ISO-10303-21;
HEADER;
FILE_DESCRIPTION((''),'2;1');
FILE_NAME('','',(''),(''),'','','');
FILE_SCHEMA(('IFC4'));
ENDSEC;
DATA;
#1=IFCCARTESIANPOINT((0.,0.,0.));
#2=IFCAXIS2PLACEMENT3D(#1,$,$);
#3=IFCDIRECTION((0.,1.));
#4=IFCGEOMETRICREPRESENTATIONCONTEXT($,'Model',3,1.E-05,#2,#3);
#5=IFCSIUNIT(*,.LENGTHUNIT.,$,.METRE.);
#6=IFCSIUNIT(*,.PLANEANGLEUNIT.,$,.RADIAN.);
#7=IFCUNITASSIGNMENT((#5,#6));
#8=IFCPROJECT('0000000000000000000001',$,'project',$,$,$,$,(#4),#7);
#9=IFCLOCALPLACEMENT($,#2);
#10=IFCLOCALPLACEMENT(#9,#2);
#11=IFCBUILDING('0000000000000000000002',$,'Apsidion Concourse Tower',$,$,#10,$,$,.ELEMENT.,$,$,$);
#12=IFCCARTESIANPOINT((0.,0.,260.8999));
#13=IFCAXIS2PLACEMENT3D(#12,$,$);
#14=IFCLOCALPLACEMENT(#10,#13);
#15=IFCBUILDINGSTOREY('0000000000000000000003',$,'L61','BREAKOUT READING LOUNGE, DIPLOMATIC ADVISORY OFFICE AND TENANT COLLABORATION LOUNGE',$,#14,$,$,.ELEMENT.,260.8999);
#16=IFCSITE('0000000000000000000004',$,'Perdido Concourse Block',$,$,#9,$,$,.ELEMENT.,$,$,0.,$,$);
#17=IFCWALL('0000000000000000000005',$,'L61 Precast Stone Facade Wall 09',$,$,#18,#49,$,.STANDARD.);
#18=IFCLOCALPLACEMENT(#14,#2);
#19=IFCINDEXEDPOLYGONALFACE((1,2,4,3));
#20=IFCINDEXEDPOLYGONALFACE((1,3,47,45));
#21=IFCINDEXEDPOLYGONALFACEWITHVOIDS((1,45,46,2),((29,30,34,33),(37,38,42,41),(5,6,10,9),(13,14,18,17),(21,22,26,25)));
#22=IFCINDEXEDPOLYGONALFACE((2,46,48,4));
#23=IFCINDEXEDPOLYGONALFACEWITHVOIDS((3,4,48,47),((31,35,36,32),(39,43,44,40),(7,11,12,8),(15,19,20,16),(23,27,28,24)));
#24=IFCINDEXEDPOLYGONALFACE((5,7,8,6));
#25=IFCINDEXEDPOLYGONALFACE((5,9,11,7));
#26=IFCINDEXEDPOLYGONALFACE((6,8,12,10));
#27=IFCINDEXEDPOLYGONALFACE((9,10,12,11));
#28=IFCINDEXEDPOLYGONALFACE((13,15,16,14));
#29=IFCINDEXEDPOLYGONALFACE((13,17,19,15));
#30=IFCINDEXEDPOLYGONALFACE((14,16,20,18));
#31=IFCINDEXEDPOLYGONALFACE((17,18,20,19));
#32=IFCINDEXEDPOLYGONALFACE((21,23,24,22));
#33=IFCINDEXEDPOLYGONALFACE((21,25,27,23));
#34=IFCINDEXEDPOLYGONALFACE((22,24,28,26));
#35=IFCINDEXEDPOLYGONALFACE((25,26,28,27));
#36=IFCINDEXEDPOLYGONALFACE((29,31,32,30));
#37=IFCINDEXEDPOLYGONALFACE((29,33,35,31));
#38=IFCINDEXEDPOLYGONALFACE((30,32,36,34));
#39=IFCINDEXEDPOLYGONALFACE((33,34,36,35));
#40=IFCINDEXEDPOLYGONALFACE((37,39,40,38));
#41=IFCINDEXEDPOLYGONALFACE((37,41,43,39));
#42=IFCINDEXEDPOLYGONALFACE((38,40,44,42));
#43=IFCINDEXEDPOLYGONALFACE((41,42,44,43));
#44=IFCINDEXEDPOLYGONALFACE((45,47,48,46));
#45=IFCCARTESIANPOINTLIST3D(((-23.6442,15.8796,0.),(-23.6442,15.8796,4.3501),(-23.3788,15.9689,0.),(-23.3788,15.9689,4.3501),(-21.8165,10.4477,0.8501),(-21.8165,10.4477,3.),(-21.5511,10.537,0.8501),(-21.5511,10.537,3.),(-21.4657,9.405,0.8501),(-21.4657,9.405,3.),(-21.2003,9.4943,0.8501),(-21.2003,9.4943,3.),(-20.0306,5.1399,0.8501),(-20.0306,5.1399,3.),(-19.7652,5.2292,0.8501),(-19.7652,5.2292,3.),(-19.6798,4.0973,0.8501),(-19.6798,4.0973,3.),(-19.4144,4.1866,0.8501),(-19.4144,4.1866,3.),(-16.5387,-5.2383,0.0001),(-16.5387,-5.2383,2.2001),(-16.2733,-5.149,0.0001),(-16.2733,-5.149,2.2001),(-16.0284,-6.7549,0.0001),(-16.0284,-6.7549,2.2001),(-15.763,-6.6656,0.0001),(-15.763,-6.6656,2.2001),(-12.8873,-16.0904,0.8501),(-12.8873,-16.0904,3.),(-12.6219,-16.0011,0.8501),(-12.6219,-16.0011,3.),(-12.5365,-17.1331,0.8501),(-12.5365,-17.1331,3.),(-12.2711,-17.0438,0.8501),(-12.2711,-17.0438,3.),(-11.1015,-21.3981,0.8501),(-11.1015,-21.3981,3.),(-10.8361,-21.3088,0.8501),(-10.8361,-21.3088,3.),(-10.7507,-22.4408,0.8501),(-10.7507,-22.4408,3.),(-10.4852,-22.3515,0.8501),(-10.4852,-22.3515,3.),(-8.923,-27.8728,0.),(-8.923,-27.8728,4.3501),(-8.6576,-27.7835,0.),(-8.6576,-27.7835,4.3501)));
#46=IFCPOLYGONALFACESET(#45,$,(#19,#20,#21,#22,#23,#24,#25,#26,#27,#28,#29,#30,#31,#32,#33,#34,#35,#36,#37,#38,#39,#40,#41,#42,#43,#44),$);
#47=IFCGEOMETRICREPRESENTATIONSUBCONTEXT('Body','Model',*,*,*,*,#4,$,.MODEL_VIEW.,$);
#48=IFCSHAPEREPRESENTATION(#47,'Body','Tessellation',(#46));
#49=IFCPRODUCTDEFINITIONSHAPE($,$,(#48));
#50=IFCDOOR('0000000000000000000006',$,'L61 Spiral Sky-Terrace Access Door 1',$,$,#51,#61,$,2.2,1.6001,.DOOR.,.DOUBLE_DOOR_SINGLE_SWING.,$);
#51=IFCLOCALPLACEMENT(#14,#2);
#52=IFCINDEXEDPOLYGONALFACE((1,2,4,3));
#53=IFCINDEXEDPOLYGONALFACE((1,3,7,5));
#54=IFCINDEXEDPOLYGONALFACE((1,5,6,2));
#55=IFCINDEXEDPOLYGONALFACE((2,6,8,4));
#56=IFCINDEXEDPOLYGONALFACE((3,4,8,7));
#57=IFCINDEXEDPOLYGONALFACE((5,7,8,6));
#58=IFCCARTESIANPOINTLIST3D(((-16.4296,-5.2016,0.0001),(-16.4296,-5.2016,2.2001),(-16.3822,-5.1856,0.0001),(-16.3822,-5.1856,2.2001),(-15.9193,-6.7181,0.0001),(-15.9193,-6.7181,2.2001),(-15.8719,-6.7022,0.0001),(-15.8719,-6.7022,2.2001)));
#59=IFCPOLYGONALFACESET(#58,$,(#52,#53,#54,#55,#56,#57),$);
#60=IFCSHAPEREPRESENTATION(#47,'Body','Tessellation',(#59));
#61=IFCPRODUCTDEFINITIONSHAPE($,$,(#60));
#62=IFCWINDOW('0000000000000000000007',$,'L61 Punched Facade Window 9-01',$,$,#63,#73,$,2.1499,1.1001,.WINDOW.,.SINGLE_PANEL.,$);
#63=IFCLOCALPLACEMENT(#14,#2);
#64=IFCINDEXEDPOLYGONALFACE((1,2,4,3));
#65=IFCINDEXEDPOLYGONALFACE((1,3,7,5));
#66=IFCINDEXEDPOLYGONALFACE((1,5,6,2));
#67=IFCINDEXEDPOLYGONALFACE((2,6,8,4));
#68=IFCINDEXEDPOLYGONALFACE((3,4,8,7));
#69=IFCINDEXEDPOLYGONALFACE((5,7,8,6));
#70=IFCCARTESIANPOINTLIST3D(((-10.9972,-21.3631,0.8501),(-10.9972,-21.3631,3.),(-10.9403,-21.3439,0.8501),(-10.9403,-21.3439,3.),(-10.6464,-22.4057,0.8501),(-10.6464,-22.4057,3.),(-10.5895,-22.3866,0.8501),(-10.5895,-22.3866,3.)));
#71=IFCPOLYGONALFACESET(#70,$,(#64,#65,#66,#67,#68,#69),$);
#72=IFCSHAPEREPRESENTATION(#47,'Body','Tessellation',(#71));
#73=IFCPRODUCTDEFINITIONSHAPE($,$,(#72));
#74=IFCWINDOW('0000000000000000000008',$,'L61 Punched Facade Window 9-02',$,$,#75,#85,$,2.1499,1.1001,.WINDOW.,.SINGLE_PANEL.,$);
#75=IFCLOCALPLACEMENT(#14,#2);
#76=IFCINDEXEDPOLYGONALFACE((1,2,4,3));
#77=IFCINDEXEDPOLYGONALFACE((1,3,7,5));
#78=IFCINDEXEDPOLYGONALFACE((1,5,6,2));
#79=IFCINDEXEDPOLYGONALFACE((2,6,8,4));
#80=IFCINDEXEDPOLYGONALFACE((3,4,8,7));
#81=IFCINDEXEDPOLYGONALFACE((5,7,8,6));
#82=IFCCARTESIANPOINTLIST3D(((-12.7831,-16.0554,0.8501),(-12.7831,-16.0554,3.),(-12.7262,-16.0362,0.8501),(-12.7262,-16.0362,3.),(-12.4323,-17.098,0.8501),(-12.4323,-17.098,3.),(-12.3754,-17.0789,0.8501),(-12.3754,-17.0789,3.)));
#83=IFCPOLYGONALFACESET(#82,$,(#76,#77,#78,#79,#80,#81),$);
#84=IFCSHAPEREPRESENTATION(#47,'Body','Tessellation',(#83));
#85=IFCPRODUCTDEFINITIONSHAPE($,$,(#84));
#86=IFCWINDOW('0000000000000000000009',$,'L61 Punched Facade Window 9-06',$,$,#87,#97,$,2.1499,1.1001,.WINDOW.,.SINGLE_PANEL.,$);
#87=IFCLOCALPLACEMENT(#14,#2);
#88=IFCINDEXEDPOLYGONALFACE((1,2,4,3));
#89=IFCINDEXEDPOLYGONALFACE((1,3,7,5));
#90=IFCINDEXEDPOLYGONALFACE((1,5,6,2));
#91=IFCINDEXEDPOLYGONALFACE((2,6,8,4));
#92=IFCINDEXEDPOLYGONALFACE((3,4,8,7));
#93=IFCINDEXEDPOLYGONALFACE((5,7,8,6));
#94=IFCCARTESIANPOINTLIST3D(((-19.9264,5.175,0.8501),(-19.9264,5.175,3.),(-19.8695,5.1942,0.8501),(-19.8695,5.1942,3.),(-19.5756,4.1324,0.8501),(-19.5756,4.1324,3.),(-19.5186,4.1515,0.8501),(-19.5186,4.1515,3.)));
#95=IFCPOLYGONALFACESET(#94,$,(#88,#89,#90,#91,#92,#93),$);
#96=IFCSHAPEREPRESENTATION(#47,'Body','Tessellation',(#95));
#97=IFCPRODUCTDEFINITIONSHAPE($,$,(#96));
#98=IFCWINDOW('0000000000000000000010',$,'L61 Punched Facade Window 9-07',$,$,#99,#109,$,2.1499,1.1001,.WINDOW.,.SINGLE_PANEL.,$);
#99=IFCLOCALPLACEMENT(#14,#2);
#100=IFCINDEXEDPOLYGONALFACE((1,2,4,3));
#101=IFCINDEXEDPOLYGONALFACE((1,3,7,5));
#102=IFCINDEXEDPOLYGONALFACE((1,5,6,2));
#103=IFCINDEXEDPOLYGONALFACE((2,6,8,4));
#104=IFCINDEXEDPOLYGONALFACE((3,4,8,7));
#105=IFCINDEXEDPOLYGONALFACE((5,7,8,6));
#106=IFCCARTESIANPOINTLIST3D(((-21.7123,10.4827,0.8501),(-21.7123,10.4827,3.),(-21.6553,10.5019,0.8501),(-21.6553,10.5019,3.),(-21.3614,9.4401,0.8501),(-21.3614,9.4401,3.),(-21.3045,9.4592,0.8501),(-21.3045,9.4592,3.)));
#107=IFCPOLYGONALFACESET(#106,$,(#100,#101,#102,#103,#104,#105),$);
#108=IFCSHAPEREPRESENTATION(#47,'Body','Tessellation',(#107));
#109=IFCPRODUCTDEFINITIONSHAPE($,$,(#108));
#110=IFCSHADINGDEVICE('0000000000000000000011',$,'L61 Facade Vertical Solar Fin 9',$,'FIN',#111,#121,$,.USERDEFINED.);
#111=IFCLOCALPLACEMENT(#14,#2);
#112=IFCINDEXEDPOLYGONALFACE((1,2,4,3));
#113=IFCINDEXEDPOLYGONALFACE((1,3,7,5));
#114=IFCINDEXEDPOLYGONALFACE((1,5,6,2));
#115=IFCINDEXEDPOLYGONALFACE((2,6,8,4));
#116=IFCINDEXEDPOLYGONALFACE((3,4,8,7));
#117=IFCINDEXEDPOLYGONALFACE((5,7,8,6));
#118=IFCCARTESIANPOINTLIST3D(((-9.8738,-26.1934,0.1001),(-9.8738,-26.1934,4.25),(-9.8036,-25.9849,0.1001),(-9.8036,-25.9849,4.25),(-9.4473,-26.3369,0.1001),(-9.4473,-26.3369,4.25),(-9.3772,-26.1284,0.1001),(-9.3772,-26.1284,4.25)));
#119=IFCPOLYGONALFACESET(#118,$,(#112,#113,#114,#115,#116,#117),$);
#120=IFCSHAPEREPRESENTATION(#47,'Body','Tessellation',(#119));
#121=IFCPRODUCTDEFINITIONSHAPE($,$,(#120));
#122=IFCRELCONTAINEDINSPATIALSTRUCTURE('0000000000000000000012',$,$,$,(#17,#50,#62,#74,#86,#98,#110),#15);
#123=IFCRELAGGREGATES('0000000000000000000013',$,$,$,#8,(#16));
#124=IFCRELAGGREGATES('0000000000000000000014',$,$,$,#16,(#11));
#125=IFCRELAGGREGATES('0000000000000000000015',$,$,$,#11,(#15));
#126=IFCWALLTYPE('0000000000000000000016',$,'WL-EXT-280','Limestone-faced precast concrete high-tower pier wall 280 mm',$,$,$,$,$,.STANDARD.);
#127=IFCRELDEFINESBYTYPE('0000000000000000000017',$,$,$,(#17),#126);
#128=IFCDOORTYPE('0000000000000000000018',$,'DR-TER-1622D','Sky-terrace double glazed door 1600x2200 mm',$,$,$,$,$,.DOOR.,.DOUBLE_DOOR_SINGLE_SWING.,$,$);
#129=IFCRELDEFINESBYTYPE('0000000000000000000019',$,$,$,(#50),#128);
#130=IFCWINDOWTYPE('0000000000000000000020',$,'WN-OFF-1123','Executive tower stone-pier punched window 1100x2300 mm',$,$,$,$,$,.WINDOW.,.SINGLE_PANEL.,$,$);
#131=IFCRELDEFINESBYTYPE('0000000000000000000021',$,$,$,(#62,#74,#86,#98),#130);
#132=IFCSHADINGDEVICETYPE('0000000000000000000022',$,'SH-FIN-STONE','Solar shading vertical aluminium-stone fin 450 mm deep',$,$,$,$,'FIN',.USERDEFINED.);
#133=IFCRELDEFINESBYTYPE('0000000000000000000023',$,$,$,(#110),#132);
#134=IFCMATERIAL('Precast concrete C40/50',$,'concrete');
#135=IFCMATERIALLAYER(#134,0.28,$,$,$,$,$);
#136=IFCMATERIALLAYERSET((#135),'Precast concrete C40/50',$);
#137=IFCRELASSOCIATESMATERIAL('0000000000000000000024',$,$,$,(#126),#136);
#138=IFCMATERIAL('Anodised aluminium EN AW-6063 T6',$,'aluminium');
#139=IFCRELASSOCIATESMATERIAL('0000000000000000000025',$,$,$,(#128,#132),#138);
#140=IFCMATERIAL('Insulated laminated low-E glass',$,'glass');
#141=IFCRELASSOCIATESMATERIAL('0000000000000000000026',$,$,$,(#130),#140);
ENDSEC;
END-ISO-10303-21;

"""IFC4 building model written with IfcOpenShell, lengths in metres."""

from ifc_helpers import new_model, si_unit, direction, frame, frame_2d, origin, origin_2d, place, context, subcontext, project, spatial, rectangle, extrude, material, layer, layer_set, type_object, element, fill, save


model = new_model("IFC4")

# Units and contexts
model_context = context("Model", 3, precision=1e-05, world=origin(), true_north=direction((0.0, 1.0)))
body_context = subcontext(model_context, "Body", "Model", "MODEL_VIEW")
ifc_project = project(units=[si_unit("LENGTHUNIT", "METRE"), si_unit("PLANEANGLEUNIT", "RADIAN")], contexts=[model_context])

# Site, building, storey
site_placement = place(None, origin())
site = spatial("IfcSite", under=ifc_project, at=site_placement, Name="Perdido Concourse Block", CompositionType="ELEMENT", RefElevation=0.0)
building_placement = place(site_placement, origin())
building = spatial("IfcBuilding", under=site, at=building_placement, Name="Apsidion Concourse Tower", CompositionType="ELEMENT")
storey_placement = place(building_placement, frame((0.0, 0.0, 260.8999)))
storey = spatial("IfcBuildingStorey", under=building, at=storey_placement, Name="L61", Description="BREAKOUT READING LOUNGE, DIPLOMATIC ADVISORY OFFICE AND TENANT COLLABORATION LOUNGE", CompositionType="ELEMENT", Elevation=260.8999)

# Shared definitions
ifc_material_1 = material(Name="Precast concrete C40/50", Category="concrete")
ifc_layer_1 = layer(ifc_material_1, 0.28)
ifc_layer_set_1 = layer_set([ifc_layer_1], Name="Precast concrete C40/50")
wall_type = type_object("IfcWallType", Name="WL-EXT-280", Description="Limestone-faced precast concrete high-tower pier wall 280 mm", PredefinedType="STANDARD", material=ifc_layer_set_1)

# Wall, openings, door, windows
wall_1_placement = place(storey_placement, frame((-8.7903, -27.8281, 0.0), z_axis=(0.0, 0.0, 1.0), x_axis=(-0.318898, 0.947789, 0.0)))
wall_1 = element("IfcWall", 1, at=wall_1_placement, inside=storey, type_object=wall_type, Name="L61 Precast Stone Facade Wall 09", PredefinedType="STANDARD", context=body_context, shape_type="SweptSolid", body=[
    extrude(rectangle(XDim=46.1626, YDim=0.28, at=frame_2d((23.0813, 0.0))), origin(), (0.0, 0.0, 1.0), 4.3501),
])
opening_1_placement = place(wall_1_placement, frame((22.2812, 0.0, 0.0)))
opening_1 = element("IfcOpeningElement", 2, at=opening_1_placement, cuts=wall_1, PredefinedType="OPENING", context=body_context, shape_type="SweptSolid", body=[
    extrude(rectangle(XDim=1.6001, YDim=2.2, at=frame_2d((0.8, 1.1001))), frame((0.0, 0.1499, 0.0), z_axis=(0.0, -1.0, 0.0), x_axis=(1.0, 0.0, 0.0)), (0.0, 0.0, 1.0), 0.3),
])
opening_2_placement = place(wall_1_placement, frame((5.7312, 0.0, 0.8501)))
opening_2 = element("IfcOpeningElement", 3, at=opening_2_placement, cuts=wall_1, PredefinedType="OPENING", context=body_context, shape_type="SweptSolid", body=[
    extrude(rectangle(XDim=1.1001, YDim=2.1499, at=frame_2d((0.55, 1.075))), frame((0.0, 0.1499, 0.0), z_axis=(0.0, -1.0, 0.0), x_axis=(1.0, 0.0, 0.0)), (0.0, 0.0, 1.0), 0.3),
])
opening_3_placement = place(wall_1_placement, frame((11.3313, 0.0, 0.8501)))
opening_3 = element("IfcOpeningElement", 4, at=opening_3_placement, cuts=wall_1, PredefinedType="OPENING", context=body_context, shape_type="SweptSolid", body=[
    extrude(rectangle(XDim=1.1001, YDim=2.1499, at=frame_2d((0.55, 1.075))), frame((0.0, 0.1499, 0.0), z_axis=(0.0, -1.0, 0.0), x_axis=(1.0, 0.0, 0.0)), (0.0, 0.0, 1.0), 0.3),
])
opening_4_placement = place(wall_1_placement, frame((33.7312, 0.0, 0.8501)))
opening_4 = element("IfcOpeningElement", 5, at=opening_4_placement, cuts=wall_1, PredefinedType="OPENING", context=body_context, shape_type="SweptSolid", body=[
    extrude(rectangle(XDim=1.1001, YDim=2.1499, at=frame_2d((0.55, 1.075))), frame((0.0, 0.1499, 0.0), z_axis=(0.0, -1.0, 0.0), x_axis=(1.0, 0.0, 0.0)), (0.0, 0.0, 1.0), 0.3),
])
opening_5_placement = place(wall_1_placement, frame((39.3313, 0.0, 0.8501)))
opening_5 = element("IfcOpeningElement", 6, at=opening_5_placement, cuts=wall_1, PredefinedType="OPENING", context=body_context, shape_type="SweptSolid", body=[
    extrude(rectangle(XDim=1.1001, YDim=2.1499, at=frame_2d((0.55, 1.075))), frame((0.0, 0.1499, 0.0), z_axis=(0.0, -1.0, 0.0), x_axis=(1.0, 0.0, 0.0)), (0.0, 0.0, 1.0), 0.3),
])
ifc_material_2 = material(Name="Anodised aluminium EN AW-6063 T6", Category="aluminium")
door_type = type_object("IfcDoorType", Name="DR-TER-1622D", Description="Sky-terrace double glazed door 1600x2200 mm", OperationType="DOUBLE_DOOR_SINGLE_SWING", PredefinedType="DOOR", material=ifc_material_2)
door_placement = place(opening_1_placement, origin())
door = element("IfcDoor", 7, at=door_placement, inside=storey, type_object=door_type, Name="L61 Spiral Sky-Terrace Access Door 1", OperationType="DOUBLE_DOOR_SINGLE_SWING", OverallHeight=2.2, OverallWidth=1.6001, PredefinedType="DOOR", context=body_context, shape_type="SweptSolid", body=[
    extrude(rectangle(XDim=1.6001, YDim=2.2, at=frame_2d((0.8, 1.1001))), frame((0.0, 0.0249, 0.0), z_axis=(0.0, -1.0, 0.0), x_axis=(1.0, 0.0, 0.0)), (0.0, 0.0, 1.0), 0.05),
])
fill(opening_1, door)
ifc_material_3 = material(Name="Insulated laminated low-E glass", Category="glass")
window_type = type_object("IfcWindowType", Name="WN-OFF-1123", Description="Executive tower stone-pier punched window 1100x2300 mm", PartitioningType="SINGLE_PANEL", PredefinedType="WINDOW", material=ifc_material_3)
window_1_placement = place(opening_2_placement, origin())
window_1 = element("IfcWindow", 8, at=window_1_placement, inside=storey, type_object=window_type, Name="L61 Punched Facade Window 9-01", OverallHeight=2.1499, OverallWidth=1.1001, PartitioningType="SINGLE_PANEL", PredefinedType="WINDOW", context=body_context, shape_type="SweptSolid", body=[
    extrude(rectangle(XDim=1.1001, YDim=2.1499, at=frame_2d((0.55, 1.075))), frame((0.0, 0.03, 0.0), z_axis=(0.0, -1.0, 0.0), x_axis=(1.0, 0.0, 0.0)), (0.0, 0.0, 1.0), 0.0601),
])
fill(opening_2, window_1)
window_2_placement = place(opening_3_placement, origin())
window_2 = element("IfcWindow", 9, at=window_2_placement, inside=storey, type_object=window_type, Name="L61 Punched Facade Window 9-02", OverallHeight=2.1499, OverallWidth=1.1001, PartitioningType="SINGLE_PANEL", PredefinedType="WINDOW", context=body_context, shape_type="SweptSolid", body=[
    extrude(rectangle(XDim=1.1001, YDim=2.1499, at=frame_2d((0.55, 1.075))), frame((0.0, 0.03, 0.0), z_axis=(0.0, -1.0, 0.0), x_axis=(1.0, 0.0, 0.0)), (0.0, 0.0, 1.0), 0.0601),
])
fill(opening_3, window_2)
window_3_placement = place(opening_4_placement, origin())
window_3 = element("IfcWindow", 10, at=window_3_placement, inside=storey, type_object=window_type, Name="L61 Punched Facade Window 9-06", OverallHeight=2.1499, OverallWidth=1.1001, PartitioningType="SINGLE_PANEL", PredefinedType="WINDOW", context=body_context, shape_type="SweptSolid", body=[
    extrude(rectangle(XDim=1.1001, YDim=2.1499, at=frame_2d((0.55, 1.075))), frame((0.0, 0.03, 0.0), z_axis=(0.0, -1.0, 0.0), x_axis=(1.0, 0.0, 0.0)), (0.0, 0.0, 1.0), 0.0601),
])
fill(opening_4, window_3)
window_4_placement = place(opening_5_placement, origin())
window_4 = element("IfcWindow", 11, at=window_4_placement, inside=storey, type_object=window_type, Name="L61 Punched Facade Window 9-07", OverallHeight=2.1499, OverallWidth=1.1001, PartitioningType="SINGLE_PANEL", PredefinedType="WINDOW", context=body_context, shape_type="SweptSolid", body=[
    extrude(rectangle(XDim=1.1001, YDim=2.1499, at=frame_2d((0.55, 1.075))), frame((0.0, 0.03, 0.0), z_axis=(0.0, -1.0, 0.0), x_axis=(1.0, 0.0, 0.0)), (0.0, 0.0, 1.0), 0.0601),
])
fill(opening_5, window_4)

# Shading device
shading_device_type = type_object("IfcShadingDeviceType", Name="SH-FIN-STONE", Description="Solar shading vertical aluminium-stone fin 450 mm deep", ElementType="FIN", PredefinedType="USERDEFINED", material=ifc_material_2)
shading_device_placement = place(storey_placement, frame((-9.6255, -26.1609, 0.1001), z_axis=(0.0, 0.0, 1.0), x_axis=(-0.318959, -0.947768, 0.0)))
element("IfcShadingDevice", 12, at=shading_device_placement, inside=storey, type_object=shading_device_type, Name="L61 Facade Vertical Solar Fin 9", ObjectType="FIN", PredefinedType="USERDEFINED", context=body_context, shape_type="SweptSolid", body=[
    extrude(rectangle(XDim=0.22, YDim=0.45, at=origin_2d()), origin(), (0.0, 0.0, 1.0), 4.1499),
])

save(model, "model.ifc")
